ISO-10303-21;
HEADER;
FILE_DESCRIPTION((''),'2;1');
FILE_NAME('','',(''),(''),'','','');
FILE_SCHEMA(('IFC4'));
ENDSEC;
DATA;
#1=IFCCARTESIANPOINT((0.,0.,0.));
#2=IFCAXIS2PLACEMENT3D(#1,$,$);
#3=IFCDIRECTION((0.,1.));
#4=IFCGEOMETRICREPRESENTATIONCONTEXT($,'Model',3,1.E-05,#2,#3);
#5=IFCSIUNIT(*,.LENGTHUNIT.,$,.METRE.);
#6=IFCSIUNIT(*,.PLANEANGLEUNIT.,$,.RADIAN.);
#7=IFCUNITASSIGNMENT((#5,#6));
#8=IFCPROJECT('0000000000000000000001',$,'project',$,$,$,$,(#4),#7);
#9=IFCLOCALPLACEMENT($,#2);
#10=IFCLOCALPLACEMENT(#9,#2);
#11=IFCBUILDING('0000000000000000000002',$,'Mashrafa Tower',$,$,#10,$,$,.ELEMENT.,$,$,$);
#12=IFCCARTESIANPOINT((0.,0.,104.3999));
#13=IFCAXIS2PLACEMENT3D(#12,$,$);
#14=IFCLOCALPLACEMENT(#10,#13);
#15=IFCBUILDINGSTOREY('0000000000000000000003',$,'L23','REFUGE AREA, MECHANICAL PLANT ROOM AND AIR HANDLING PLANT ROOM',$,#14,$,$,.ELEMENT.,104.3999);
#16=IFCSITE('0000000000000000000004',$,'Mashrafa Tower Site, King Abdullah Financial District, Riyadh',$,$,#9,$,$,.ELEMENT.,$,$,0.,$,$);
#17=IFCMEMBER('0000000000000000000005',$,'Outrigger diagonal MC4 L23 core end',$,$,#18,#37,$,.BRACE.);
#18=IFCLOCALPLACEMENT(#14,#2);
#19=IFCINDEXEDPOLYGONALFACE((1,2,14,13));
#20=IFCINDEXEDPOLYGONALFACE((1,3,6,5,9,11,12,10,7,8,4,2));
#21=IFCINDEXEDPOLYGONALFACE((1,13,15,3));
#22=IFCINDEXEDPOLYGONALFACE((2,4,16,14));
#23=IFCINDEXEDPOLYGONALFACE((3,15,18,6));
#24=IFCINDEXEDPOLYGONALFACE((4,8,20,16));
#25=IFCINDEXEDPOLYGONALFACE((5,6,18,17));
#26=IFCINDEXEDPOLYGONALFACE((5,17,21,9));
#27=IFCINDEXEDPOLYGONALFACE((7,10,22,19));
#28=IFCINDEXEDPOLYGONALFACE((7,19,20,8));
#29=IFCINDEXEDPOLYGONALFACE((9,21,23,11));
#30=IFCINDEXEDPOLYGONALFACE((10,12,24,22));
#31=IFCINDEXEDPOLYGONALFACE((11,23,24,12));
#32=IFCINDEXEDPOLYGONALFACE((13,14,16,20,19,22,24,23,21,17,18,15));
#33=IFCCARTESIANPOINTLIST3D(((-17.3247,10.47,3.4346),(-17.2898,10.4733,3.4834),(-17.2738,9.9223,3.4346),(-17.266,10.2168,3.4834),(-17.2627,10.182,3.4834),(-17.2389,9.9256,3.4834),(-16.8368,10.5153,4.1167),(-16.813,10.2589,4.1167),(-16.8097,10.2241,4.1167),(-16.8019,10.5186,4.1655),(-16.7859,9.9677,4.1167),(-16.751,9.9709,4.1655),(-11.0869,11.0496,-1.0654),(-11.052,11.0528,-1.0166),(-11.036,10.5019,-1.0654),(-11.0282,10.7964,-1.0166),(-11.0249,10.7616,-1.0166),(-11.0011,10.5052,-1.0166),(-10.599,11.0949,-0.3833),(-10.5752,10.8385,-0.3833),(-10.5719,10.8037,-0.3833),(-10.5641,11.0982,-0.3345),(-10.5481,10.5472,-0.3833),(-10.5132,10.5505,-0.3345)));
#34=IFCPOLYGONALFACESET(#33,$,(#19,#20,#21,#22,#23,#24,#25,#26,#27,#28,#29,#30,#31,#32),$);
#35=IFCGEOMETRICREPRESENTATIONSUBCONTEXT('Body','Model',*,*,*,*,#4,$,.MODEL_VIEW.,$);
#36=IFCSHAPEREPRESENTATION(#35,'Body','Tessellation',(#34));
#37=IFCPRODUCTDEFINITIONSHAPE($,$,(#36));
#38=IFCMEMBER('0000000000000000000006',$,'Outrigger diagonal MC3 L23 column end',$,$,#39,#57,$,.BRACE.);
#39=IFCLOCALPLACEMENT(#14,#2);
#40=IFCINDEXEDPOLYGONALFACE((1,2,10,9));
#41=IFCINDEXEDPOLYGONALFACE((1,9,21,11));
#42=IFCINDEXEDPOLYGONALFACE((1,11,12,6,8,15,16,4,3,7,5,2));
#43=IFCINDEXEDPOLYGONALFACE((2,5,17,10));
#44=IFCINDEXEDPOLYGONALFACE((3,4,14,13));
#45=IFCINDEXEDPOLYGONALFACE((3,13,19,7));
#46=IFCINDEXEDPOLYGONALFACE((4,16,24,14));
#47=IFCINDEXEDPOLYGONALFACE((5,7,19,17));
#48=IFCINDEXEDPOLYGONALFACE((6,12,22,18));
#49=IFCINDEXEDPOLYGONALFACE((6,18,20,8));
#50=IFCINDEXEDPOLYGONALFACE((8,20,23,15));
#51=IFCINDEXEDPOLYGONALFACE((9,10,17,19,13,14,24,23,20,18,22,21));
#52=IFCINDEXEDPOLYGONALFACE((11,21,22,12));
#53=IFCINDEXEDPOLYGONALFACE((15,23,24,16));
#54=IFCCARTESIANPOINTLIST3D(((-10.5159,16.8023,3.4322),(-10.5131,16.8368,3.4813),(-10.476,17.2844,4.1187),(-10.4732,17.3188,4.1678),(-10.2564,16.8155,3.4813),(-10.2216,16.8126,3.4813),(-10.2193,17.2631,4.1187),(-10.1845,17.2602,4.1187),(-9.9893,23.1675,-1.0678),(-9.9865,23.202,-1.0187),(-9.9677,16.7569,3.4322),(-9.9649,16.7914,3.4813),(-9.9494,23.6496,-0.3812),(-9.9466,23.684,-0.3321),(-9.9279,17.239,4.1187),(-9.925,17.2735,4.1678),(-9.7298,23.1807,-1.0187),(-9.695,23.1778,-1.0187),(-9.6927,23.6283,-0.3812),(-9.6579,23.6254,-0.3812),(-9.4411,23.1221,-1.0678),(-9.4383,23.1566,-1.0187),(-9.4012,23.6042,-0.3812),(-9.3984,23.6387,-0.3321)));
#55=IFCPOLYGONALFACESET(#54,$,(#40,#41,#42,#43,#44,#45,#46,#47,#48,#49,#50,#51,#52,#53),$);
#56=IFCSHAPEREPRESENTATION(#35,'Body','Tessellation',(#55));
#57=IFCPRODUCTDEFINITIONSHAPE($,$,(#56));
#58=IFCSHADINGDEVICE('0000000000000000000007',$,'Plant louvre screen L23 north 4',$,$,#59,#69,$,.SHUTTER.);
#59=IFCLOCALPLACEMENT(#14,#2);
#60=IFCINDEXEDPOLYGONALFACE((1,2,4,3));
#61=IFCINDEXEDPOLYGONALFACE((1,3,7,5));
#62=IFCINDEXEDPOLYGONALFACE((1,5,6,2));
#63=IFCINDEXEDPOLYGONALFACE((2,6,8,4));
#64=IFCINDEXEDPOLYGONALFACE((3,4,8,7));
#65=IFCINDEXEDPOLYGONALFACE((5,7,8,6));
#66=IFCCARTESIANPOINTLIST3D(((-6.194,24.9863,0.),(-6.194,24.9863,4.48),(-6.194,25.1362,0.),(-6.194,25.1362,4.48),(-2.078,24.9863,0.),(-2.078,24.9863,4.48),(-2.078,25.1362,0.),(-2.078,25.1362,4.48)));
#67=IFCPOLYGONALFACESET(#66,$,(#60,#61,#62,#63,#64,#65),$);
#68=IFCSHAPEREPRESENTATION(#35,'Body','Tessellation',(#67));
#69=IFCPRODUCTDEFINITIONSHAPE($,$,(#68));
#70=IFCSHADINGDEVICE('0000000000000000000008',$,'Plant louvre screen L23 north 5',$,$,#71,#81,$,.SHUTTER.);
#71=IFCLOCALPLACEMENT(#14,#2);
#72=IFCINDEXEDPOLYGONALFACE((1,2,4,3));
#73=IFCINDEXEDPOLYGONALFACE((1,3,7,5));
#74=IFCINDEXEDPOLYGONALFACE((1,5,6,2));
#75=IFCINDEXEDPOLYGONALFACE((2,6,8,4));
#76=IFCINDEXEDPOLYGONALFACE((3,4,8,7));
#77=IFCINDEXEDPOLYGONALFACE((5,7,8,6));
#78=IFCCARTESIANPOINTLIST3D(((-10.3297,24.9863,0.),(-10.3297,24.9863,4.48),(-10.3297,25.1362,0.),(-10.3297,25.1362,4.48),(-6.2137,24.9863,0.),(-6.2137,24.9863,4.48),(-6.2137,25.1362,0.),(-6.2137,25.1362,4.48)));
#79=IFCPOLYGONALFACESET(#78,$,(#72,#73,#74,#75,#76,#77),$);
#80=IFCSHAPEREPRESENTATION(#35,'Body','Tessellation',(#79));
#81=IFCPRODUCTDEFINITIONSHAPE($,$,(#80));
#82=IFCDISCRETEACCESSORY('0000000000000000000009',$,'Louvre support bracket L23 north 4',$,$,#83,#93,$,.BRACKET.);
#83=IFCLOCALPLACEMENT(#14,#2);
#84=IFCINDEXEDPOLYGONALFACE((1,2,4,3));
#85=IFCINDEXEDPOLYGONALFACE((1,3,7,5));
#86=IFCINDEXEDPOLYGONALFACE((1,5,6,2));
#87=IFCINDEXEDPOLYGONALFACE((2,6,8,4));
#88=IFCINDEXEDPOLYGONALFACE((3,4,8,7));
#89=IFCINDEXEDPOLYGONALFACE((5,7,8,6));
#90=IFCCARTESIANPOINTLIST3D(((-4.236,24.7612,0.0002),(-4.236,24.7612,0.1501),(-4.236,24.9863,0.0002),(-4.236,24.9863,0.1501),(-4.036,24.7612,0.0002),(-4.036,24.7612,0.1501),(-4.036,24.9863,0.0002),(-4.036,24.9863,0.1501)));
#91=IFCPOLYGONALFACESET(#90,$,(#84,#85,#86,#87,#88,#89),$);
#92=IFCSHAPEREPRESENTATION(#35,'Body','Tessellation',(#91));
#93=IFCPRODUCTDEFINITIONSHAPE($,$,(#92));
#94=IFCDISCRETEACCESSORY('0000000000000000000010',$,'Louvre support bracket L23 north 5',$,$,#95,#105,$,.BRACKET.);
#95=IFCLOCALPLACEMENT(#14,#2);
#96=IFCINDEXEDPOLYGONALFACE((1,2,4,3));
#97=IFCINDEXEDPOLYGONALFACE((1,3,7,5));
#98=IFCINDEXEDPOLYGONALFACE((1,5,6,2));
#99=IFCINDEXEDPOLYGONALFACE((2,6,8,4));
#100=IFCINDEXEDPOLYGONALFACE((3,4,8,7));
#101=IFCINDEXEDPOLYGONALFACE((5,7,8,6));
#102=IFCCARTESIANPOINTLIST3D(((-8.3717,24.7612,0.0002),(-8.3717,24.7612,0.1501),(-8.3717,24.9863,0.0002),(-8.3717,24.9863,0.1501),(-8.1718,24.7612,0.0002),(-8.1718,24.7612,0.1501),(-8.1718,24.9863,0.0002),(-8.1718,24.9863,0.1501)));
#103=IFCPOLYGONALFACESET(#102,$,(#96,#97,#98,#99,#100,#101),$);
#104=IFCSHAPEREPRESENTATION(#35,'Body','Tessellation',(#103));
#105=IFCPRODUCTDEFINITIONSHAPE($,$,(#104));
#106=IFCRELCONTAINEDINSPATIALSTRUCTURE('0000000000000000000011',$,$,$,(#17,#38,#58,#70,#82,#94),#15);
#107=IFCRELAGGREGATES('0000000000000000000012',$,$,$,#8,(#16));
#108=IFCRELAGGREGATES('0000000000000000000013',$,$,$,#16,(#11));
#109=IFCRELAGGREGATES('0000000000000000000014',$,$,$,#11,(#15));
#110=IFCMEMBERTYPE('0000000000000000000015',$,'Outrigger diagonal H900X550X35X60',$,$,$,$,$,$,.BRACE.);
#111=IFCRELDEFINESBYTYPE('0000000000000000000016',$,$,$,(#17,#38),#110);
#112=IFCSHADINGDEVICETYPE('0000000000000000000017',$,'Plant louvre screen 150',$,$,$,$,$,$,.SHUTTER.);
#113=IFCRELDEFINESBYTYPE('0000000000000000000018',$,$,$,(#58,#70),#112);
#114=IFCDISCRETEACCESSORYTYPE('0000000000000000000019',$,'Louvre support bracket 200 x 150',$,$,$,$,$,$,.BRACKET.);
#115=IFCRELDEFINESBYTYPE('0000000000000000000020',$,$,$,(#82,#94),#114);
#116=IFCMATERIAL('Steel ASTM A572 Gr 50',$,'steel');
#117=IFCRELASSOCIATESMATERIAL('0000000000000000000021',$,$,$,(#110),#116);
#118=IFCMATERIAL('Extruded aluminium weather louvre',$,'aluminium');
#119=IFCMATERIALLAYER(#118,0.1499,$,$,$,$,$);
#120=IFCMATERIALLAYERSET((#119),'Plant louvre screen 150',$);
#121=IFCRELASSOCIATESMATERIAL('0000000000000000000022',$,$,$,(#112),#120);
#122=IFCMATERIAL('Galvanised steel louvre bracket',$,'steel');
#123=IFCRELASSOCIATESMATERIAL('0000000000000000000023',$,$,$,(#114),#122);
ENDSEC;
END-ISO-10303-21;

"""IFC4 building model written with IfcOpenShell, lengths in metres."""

from ifc_helpers import new_model, si_unit, direction, frame, origin, origin_2d, place, context, subcontext, project, spatial, rectangle, i_section, extrude, source, transform, mapped, material, layer, layer_set, material_profile, profile_set, type_object, type_shapes, element, save


model = new_model("IFC4")

# Units and contexts
model_context = context("Model", 3, precision=1e-05, world=origin(), true_north=direction((0.0, 1.0)))
body_context = subcontext(model_context, "Body", "Model", "MODEL_VIEW")
ifc_project = project(units=[si_unit("LENGTHUNIT", "METRE"), si_unit("PLANEANGLEUNIT", "RADIAN")], contexts=[model_context])

# Site, building, storey
site_placement = place(None, origin())
site = spatial("IfcSite", under=ifc_project, at=site_placement, Name="Mashrafa Tower Site, King Abdullah Financial District, Riyadh", CompositionType="ELEMENT", RefElevation=0.0)
building_placement = place(site_placement, origin())
building = spatial("IfcBuilding", under=site, at=building_placement, Name="Mashrafa Tower", CompositionType="ELEMENT")
storey_placement = place(building_placement, frame((0.0, 0.0, 104.3999)))
storey = spatial("IfcBuildingStorey", under=building, at=storey_placement, Name="L23", Description="REFUGE AREA, MECHANICAL PLANT ROOM AND AIR HANDLING PLANT ROOM", CompositionType="ELEMENT", Elevation=104.3999)

# Members
ifc_material_1 = material(Name="Steel ASTM A572 Gr 50", Category="steel")
ifc_material_profile_1 = material_profile(ifc_material_1, i_section(OverallWidth=0.55, OverallDepth=0.8999, WebThickness=0.0349, FlangeThickness=0.0601, at=origin_2d()), Name="H900X550X35X60")
ifc_profile_set_1 = profile_set([ifc_material_profile_1], Name="Steel ASTM A572 Gr 50")
member_type_1 = type_object("IfcMemberType", Name="Outrigger diagonal H900X550X35X60", PredefinedType="BRACE", material=ifc_profile_set_1)
shared_shape_1 = source(origin(), body_context, "Body", "SweptSolid", [
    extrude(i_section(OverallWidth=0.55, OverallDepth=0.8999, WebThickness=0.0349, FlangeThickness=0.0601, at=origin_2d()), origin(), (0.0, 0.0, 1.0), 7.7134),
])
member_1_placement = place(storey_placement, frame((-10.8, 10.8, -0.7), z_axis=(-0.808699, -0.075141, 0.583403), x_axis=(0.092517, -0.995711, 0.0)))
element("IfcMember", 1, at=member_1_placement, inside=storey, type_object=member_type_1, Name="Outrigger diagonal MC4 L23 core end", PredefinedType="BRACE", context=body_context, shape_type="MappedRepresentation", body=[
    mapped(shared_shape_1, transform((0.0, 0.0, 0.0))),
])
shared_shape_2 = source(origin(), body_context, "Body", "SweptSolid", [
    extrude(i_section(OverallWidth=0.55, OverallDepth=0.8999, WebThickness=0.0349, FlangeThickness=0.0601, at=origin_2d()), origin(), (0.0, 0.0, 1.0), 7.813),
])
type_shapes(member_type_1, [shared_shape_1, shared_shape_2])
member_2_placement = place(storey_placement, frame((-9.6938, 23.4031, -0.7), z_axis=(-0.067402, -0.814694, 0.575961), x_axis=(0.996595, -0.082451, 0.0)))
element("IfcMember", 2, at=member_2_placement, inside=storey, type_object=member_type_1, Name="Outrigger diagonal MC3 L23 column end", PredefinedType="BRACE", context=body_context, shape_type="MappedRepresentation", body=[
    mapped(shared_shape_2, transform((0.0, 0.0, 0.0))),
])

# Shading devices
ifc_material_2 = material(Name="Extruded aluminium weather louvre", Category="aluminium")
ifc_layer = layer(ifc_material_2, 0.1499)
ifc_layer_set = layer_set([ifc_layer], Name="Plant louvre screen 150")
shading_device_type = type_object("IfcShadingDeviceType", Name="Plant louvre screen 150", PredefinedType="SHUTTER", material=ifc_layer_set)
shared_shape_3 = source(origin(), body_context, "Body", "SweptSolid", [
    extrude(rectangle(XDim=4.116, YDim=0.1499, at=origin_2d()), origin(), (0.0, 0.0, 1.0), 4.48),
])
type_shapes(shading_device_type, [shared_shape_3])
for number, where, z_axis, x_axis, name in (
    (3, (-4.136, 25.0613, 0.0), (0.0, 0.0, 1.0), (-1.0, 0.0, 0.0), "Plant louvre screen L23 north 4"),
    (4, (-8.2717, 25.0613, 0.0), (0.0, 0.0, 1.0), (-1.0, 0.0, 0.0), "Plant louvre screen L23 north 5"),
):
    element("IfcShadingDevice", number, at=place(storey_placement, frame(where, z_axis=z_axis, x_axis=x_axis)), inside=storey, type_object=shading_device_type, Name=name, PredefinedType="SHUTTER", context=body_context, shape_type="MappedRepresentation", body=[
        mapped(shared_shape_3, transform((0.0, 0.0, 0.0))),
    ])

# Discrete accessories
ifc_material_3 = material(Name="Galvanised steel louvre bracket", Category="steel")
discrete_accessory_type = type_object("IfcDiscreteAccessoryType", Name="Louvre support bracket 200 x 150", PredefinedType="BRACKET", material=ifc_material_3)
shared_shape_4 = source(origin(), body_context, "Body", "SweptSolid", [
    extrude(rectangle(XDim=0.2, YDim=0.2251, at=origin_2d()), origin(), (0.0, 0.0, 1.0), 0.1499),
])
type_shapes(discrete_accessory_type, [shared_shape_4])
for number, where, z_axis, x_axis, name in (
    (5, (-4.136, 24.8738, 0.0002), (0.0, 0.0, 1.0), (-1.0, 0.0, 0.0), "Louvre support bracket L23 north 4"),
    (6, (-8.2717, 24.8738, 0.0002), (0.0, 0.0, 1.0), (-1.0, 0.0, 0.0), "Louvre support bracket L23 north 5"),
):
    element("IfcDiscreteAccessory", number, at=place(storey_placement, frame(where, z_axis=z_axis, x_axis=x_axis)), inside=storey, type_object=discrete_accessory_type, Name=name, PredefinedType="BRACKET", context=body_context, shape_type="MappedRepresentation", body=[
        mapped(shared_shape_4, transform((0.0, 0.0, 0.0))),
    ])

save(model, "model.ifc")
